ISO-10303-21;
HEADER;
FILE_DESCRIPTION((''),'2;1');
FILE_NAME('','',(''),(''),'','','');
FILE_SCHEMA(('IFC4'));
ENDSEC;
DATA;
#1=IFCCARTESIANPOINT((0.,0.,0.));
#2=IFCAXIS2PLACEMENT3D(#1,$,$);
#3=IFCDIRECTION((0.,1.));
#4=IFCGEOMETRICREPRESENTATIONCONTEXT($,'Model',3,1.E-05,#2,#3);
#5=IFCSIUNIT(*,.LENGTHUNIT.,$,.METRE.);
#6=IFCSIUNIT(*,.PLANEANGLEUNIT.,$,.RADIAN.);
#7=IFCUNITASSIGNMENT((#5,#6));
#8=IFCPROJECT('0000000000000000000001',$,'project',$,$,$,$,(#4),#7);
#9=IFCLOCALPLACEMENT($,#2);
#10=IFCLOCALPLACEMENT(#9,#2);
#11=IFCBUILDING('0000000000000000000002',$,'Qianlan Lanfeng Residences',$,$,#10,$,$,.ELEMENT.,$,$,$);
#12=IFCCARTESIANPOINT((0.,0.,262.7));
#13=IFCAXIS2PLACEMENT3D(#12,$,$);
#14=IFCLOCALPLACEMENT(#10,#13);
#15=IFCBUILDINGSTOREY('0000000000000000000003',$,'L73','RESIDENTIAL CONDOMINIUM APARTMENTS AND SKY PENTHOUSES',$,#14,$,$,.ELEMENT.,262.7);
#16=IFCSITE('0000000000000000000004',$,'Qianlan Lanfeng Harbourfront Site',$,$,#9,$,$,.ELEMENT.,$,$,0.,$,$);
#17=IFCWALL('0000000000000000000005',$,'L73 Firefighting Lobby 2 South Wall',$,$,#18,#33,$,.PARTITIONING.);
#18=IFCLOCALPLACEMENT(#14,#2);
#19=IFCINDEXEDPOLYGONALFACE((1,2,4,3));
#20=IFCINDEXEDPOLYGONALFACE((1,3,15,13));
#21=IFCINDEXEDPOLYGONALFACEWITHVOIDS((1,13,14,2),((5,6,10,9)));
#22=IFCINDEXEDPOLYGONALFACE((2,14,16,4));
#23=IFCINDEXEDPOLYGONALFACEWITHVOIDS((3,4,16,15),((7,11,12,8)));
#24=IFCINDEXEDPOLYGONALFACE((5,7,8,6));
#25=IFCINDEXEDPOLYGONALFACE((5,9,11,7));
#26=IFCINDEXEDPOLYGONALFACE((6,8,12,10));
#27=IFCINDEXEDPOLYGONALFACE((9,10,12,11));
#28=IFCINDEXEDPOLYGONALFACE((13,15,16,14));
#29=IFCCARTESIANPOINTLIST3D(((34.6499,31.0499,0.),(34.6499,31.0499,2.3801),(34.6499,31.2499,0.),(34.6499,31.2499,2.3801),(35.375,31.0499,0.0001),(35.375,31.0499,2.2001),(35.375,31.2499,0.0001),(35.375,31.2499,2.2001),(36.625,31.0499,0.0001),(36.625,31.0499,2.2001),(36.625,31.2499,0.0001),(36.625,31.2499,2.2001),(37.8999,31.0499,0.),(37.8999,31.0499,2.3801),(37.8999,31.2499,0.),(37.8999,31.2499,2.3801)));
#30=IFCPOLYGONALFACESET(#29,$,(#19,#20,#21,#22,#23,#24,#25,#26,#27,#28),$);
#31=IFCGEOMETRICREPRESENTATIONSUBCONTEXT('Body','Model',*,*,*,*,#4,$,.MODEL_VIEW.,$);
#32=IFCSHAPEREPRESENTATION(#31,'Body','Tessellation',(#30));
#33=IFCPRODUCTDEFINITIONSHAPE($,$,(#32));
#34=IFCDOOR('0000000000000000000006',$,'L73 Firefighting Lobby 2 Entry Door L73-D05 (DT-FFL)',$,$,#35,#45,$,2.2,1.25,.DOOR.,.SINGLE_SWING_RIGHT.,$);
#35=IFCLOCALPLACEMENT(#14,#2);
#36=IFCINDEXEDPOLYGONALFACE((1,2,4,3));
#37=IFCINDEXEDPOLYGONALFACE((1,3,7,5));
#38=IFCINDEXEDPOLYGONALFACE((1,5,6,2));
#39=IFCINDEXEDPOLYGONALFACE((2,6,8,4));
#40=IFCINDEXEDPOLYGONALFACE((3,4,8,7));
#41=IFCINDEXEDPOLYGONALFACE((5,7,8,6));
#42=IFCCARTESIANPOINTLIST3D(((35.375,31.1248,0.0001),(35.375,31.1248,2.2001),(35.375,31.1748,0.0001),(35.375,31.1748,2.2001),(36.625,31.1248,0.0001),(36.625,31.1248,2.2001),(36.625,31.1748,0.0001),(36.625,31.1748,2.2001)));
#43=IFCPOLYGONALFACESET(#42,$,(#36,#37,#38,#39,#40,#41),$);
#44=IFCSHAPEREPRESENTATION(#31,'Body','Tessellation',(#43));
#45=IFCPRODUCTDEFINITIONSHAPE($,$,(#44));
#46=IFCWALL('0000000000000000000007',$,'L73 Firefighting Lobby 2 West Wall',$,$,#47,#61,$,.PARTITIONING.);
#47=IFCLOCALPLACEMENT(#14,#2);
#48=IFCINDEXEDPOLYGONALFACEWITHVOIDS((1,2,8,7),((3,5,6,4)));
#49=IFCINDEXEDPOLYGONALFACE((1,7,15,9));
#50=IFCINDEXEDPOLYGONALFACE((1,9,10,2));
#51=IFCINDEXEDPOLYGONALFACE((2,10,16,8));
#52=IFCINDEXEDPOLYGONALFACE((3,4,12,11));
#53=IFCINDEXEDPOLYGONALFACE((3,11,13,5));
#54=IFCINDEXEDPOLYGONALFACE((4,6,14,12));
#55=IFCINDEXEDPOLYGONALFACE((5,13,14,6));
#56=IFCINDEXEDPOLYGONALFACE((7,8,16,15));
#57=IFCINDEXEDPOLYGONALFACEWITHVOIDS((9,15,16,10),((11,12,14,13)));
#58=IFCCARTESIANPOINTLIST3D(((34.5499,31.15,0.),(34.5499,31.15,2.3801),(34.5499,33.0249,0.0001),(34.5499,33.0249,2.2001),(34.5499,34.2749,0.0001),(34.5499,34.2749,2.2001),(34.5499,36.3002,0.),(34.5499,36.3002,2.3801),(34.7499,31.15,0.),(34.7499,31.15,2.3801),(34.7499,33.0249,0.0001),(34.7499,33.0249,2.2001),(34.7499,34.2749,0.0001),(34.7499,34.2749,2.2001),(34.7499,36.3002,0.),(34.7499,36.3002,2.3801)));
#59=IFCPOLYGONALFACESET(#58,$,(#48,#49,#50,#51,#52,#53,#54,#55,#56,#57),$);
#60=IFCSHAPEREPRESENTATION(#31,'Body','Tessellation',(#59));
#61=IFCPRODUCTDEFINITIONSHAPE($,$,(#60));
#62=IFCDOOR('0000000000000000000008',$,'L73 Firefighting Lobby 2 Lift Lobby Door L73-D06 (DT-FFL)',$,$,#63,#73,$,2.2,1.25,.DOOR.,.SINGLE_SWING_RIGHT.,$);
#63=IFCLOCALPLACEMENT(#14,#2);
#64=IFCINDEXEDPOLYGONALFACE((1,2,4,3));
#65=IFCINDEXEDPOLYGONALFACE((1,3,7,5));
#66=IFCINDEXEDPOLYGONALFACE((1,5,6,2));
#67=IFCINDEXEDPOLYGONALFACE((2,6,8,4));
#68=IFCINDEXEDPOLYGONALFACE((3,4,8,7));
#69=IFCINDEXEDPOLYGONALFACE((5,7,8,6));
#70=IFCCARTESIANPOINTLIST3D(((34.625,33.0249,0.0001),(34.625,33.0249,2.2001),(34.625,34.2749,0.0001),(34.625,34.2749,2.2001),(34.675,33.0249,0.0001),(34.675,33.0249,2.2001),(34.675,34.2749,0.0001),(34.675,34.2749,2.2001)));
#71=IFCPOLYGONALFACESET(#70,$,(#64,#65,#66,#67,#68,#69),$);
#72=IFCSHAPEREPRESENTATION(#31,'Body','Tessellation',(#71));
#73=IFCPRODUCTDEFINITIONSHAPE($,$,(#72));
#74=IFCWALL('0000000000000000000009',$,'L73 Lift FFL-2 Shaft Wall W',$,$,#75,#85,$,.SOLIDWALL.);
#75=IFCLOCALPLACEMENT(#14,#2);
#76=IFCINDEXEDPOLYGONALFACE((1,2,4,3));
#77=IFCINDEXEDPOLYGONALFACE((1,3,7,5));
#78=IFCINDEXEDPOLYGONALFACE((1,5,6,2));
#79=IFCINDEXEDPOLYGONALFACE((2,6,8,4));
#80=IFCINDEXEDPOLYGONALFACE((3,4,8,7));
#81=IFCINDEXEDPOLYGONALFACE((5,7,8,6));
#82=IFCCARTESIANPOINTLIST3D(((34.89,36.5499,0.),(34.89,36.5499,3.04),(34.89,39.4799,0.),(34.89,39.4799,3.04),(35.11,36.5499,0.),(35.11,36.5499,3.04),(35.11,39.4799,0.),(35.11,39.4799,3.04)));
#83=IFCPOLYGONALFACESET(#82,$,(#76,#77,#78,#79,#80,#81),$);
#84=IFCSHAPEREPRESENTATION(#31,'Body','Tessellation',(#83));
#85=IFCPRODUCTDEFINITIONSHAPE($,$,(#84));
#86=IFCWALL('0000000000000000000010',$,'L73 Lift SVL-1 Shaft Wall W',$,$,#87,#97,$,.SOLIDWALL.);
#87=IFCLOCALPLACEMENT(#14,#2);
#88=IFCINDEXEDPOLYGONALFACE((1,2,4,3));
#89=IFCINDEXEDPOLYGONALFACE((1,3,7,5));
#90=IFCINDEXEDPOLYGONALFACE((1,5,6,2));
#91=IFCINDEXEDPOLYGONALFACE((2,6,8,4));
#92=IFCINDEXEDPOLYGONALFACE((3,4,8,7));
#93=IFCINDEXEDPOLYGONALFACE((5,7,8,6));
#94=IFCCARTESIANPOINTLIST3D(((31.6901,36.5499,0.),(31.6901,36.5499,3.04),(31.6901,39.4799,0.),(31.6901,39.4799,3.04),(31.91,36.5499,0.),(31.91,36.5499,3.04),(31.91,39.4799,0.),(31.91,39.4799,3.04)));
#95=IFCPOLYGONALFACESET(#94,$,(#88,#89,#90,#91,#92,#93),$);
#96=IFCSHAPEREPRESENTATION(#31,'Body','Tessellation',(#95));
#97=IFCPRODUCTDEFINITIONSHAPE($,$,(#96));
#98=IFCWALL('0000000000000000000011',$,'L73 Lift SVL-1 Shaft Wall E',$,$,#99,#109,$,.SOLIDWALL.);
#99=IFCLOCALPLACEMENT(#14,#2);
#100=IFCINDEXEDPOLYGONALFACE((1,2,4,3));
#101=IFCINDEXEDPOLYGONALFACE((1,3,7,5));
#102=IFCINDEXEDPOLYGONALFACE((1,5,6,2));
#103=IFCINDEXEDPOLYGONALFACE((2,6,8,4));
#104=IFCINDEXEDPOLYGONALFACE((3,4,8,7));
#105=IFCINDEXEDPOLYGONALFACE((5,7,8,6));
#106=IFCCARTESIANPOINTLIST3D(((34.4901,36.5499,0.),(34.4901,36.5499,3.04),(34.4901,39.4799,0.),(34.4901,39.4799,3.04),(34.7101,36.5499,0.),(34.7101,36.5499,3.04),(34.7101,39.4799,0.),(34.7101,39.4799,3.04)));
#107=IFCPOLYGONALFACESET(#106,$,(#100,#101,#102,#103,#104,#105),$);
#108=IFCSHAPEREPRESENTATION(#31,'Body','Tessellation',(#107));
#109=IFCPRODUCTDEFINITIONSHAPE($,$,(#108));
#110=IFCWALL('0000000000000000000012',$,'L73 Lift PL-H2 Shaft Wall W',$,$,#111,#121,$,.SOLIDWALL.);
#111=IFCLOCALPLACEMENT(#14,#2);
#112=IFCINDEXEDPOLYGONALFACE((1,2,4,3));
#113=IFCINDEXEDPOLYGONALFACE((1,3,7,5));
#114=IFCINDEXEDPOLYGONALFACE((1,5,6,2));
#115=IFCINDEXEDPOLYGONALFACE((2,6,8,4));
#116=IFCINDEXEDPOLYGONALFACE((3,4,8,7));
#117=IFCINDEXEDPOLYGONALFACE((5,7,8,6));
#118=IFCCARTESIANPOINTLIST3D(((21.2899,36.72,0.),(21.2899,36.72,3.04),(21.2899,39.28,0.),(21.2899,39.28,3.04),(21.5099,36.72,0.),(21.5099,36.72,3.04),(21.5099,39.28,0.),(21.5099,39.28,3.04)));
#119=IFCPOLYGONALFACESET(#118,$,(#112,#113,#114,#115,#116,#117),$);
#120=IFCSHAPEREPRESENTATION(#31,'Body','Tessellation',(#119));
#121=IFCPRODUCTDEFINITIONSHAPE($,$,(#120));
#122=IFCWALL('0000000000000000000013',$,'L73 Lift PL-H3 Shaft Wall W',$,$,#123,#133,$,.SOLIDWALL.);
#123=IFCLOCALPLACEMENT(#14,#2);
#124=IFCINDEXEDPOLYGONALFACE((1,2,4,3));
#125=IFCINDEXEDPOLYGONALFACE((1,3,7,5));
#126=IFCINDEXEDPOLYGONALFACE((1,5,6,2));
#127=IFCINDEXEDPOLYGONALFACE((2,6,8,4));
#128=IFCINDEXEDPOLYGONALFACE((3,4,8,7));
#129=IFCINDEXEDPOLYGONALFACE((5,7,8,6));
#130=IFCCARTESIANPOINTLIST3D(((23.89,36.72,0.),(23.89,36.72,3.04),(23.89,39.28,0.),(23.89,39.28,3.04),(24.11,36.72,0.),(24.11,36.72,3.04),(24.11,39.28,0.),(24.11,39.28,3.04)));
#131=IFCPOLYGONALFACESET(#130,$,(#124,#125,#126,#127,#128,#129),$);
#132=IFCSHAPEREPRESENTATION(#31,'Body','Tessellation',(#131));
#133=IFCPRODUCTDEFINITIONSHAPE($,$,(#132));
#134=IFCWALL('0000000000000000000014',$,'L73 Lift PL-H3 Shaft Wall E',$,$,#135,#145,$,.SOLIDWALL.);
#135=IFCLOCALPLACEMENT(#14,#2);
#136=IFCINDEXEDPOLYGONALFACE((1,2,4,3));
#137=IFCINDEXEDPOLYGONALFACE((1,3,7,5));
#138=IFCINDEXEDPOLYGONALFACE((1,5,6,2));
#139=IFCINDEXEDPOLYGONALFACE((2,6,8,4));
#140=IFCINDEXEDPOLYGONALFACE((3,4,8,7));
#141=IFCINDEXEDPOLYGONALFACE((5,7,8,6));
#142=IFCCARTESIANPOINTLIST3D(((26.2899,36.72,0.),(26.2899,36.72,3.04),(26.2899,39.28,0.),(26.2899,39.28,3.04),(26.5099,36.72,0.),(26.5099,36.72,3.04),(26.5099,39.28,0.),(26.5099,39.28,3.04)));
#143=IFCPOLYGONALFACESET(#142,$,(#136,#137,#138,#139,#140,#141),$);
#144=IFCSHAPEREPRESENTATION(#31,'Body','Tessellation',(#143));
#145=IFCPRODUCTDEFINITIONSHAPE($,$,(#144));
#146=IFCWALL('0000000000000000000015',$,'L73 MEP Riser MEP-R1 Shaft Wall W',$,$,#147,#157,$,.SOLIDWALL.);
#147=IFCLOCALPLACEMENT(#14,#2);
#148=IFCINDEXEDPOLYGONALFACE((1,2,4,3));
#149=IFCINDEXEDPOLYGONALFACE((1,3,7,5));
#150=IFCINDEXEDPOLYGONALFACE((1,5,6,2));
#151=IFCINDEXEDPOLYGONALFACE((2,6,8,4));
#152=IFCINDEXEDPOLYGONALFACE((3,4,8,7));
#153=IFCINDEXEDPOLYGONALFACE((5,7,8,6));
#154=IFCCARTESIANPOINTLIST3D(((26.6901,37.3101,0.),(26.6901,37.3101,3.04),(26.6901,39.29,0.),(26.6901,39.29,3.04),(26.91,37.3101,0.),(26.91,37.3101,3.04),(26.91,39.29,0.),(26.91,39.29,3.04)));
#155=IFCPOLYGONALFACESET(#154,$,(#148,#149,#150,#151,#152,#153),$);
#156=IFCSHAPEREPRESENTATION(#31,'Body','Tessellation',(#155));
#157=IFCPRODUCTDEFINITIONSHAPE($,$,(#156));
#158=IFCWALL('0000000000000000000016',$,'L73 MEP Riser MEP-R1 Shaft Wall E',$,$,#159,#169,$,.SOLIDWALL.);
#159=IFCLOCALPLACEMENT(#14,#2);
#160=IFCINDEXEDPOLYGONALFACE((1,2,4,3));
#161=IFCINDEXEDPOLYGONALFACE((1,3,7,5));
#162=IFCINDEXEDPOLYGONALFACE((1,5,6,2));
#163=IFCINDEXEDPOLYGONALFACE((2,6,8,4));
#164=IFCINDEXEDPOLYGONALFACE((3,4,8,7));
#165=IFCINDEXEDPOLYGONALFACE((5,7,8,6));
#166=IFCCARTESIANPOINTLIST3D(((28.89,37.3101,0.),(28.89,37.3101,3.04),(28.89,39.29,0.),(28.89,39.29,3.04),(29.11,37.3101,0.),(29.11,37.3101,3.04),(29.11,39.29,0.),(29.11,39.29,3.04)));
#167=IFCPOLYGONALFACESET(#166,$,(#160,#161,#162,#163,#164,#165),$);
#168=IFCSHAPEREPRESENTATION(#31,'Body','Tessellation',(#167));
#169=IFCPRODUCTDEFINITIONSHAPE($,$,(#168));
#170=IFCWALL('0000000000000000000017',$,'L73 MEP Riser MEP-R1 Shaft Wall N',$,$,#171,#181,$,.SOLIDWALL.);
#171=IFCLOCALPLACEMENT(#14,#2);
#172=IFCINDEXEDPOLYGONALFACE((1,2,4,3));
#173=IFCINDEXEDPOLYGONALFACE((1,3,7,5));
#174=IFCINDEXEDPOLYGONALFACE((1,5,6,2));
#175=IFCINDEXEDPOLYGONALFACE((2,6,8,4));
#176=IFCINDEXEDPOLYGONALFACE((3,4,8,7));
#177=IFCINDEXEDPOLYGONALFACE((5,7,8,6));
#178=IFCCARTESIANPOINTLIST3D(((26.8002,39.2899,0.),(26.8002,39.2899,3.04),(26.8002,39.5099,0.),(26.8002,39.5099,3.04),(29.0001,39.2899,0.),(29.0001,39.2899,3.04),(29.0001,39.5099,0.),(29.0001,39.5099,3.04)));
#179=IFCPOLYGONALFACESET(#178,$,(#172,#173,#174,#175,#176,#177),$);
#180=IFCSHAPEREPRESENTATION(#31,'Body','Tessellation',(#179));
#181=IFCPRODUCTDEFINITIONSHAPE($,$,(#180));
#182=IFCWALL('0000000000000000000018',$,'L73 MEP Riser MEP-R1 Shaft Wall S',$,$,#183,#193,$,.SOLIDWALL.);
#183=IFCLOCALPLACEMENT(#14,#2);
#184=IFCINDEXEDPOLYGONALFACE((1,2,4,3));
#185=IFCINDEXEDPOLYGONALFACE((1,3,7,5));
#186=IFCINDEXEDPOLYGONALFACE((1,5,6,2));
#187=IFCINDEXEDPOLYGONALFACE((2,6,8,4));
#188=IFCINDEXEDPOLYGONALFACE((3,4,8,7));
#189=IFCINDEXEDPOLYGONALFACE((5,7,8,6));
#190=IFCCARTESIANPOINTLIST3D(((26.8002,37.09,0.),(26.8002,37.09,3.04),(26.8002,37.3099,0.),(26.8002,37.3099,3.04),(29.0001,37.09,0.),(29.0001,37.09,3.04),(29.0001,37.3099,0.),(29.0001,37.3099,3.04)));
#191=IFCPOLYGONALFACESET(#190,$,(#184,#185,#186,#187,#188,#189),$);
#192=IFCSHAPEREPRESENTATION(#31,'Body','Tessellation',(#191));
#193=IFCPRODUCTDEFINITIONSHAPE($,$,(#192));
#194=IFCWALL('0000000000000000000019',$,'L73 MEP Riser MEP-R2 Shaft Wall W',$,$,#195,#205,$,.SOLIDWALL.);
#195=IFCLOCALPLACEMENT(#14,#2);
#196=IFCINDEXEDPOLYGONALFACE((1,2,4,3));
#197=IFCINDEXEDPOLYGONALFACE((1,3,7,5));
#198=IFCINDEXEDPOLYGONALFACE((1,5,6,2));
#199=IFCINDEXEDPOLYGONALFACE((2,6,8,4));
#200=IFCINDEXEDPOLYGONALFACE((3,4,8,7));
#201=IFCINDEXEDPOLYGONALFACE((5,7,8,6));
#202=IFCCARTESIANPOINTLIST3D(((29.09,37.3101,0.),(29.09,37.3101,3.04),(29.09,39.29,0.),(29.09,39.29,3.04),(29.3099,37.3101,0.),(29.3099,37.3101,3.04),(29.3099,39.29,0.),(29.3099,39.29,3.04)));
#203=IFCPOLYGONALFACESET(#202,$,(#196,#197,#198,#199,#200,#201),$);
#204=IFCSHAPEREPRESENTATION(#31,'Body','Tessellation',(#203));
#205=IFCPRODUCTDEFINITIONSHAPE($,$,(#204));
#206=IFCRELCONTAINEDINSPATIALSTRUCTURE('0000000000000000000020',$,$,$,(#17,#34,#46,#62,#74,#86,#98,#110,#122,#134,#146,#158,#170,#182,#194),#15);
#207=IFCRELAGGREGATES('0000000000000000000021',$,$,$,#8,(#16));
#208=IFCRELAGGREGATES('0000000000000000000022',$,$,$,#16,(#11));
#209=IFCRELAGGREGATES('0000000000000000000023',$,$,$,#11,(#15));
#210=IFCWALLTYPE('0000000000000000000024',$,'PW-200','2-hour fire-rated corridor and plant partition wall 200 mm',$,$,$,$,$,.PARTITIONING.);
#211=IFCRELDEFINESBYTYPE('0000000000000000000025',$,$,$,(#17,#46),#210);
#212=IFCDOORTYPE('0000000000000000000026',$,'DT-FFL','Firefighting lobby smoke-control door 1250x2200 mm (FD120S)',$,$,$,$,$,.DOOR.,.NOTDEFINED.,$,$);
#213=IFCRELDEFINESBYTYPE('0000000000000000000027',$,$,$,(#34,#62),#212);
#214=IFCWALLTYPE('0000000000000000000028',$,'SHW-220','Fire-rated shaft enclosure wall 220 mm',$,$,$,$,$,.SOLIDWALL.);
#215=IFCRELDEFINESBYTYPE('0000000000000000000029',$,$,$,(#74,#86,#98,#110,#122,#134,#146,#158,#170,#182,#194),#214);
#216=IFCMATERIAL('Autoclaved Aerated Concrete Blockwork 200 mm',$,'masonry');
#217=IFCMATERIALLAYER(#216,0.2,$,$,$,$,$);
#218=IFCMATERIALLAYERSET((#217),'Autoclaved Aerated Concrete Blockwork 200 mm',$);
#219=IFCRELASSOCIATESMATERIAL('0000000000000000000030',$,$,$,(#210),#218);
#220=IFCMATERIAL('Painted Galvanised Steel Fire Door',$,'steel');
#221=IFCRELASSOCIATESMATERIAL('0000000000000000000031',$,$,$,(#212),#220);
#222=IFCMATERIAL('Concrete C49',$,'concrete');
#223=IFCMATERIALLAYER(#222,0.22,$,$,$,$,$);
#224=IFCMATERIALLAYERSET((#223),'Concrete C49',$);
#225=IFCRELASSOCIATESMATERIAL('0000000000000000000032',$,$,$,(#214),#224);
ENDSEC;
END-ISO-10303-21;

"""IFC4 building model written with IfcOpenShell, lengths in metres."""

from ifc_helpers import new_model, si_unit, direction, frame, frame_2d, origin, place, context, subcontext, project, spatial, rectangle, extrude, material, layer, layer_set, type_object, element, fill, save


model = new_model("IFC4")

# Units and contexts
model_context = context("Model", 3, precision=1e-05, world=origin(), true_north=direction((0.0, 1.0)))
body_context = subcontext(model_context, "Body", "Model", "MODEL_VIEW")
ifc_project = project(units=[si_unit("LENGTHUNIT", "METRE"), si_unit("PLANEANGLEUNIT", "RADIAN")], contexts=[model_context])

# Site, building, storey
site_placement = place(None, origin())
site = spatial("IfcSite", under=ifc_project, at=site_placement, Name="Qianlan Lanfeng Harbourfront Site", CompositionType="ELEMENT", RefElevation=0.0)
building_placement = place(site_placement, origin())
building = spatial("IfcBuilding", under=site, at=building_placement, Name="Qianlan Lanfeng Residences", CompositionType="ELEMENT")
storey_placement = place(building_placement, frame((0.0, 0.0, 262.7)))
storey = spatial("IfcBuildingStorey", under=building, at=storey_placement, Name="L73", Description="RESIDENTIAL CONDOMINIUM APARTMENTS AND SKY PENTHOUSES", CompositionType="ELEMENT", Elevation=262.7)

# Walls, openings, doors
ifc_material_1 = material(Name="Autoclaved Aerated Concrete Blockwork 200 mm", Category="masonry")
ifc_layer_1 = layer(ifc_material_1, 0.2)
ifc_layer_set_1 = layer_set([ifc_layer_1], Name="Autoclaved Aerated Concrete Blockwork 200 mm")
wall_type_1 = type_object("IfcWallType", Name="PW-200", Description="2-hour fire-rated corridor and plant partition wall 200 mm", PredefinedType="PARTITIONING", material=ifc_layer_set_1)
wall_1_placement = place(storey_placement, frame((34.6499, 31.1499, 0.0), z_axis=(0.0, 0.0, 1.0), x_axis=(1.0, 0.0, 0.0)))
wall_1 = element("IfcWall", 1, at=wall_1_placement, inside=storey, type_object=wall_type_1, Name="L73 Firefighting Lobby 2 South Wall", PredefinedType="PARTITIONING", context=body_context, shape_type="SweptSolid", body=[
    extrude(rectangle(XDim=3.25, YDim=0.2, at=frame_2d((1.625, 0.0))), origin(), (0.0, 0.0, 1.0), 2.3801),
])
opening_1_placement = place(wall_1_placement, frame((0.7251, 0.0, 0.0)))
opening_1 = element("IfcOpeningElement", 2, at=opening_1_placement, cuts=wall_1, PredefinedType="OPENING", context=body_context, shape_type="SweptSolid", body=[
    extrude(rectangle(XDim=1.25, YDim=2.2, at=frame_2d((0.625, 1.1001))), frame((0.0, 0.1099, 0.0), z_axis=(0.0, -1.0, 0.0), x_axis=(1.0, 0.0, 0.0)), (0.0, 0.0, 1.0), 0.22),
])
ifc_material_2 = material(Name="Painted Galvanised Steel Fire Door", Category="steel")
door_type = type_object("IfcDoorType", Name="DT-FFL", Description="Firefighting lobby smoke-control door 1250x2200 mm (FD120S)", OperationType="NOTDEFINED", PredefinedType="DOOR", material=ifc_material_2)
door_1_placement = place(opening_1_placement, origin())
door_1 = element("IfcDoor", 3, at=door_1_placement, inside=storey, type_object=door_type, Name="L73 Firefighting Lobby 2 Entry Door L73-D05 (DT-FFL)", OperationType="SINGLE_SWING_RIGHT", OverallHeight=2.2, OverallWidth=1.25, PredefinedType="DOOR", context=body_context, shape_type="SweptSolid", body=[
    extrude(rectangle(XDim=1.25, YDim=2.2, at=frame_2d((0.625, 1.1001))), frame((0.0, 0.0249, 0.0), z_axis=(0.0, -1.0, 0.0), x_axis=(1.0, 0.0, 0.0)), (0.0, 0.0, 1.0), 0.05),
])
fill(opening_1, door_1)
wall_2_placement = place(storey_placement, frame((34.6499, 31.1499, 0.0), z_axis=(0.0, 0.0, 1.0), x_axis=(0.0, 1.0, 0.0)))
wall_2 = element("IfcWall", 4, at=wall_2_placement, inside=storey, type_object=wall_type_1, Name="L73 Firefighting Lobby 2 West Wall", PredefinedType="PARTITIONING", context=body_context, shape_type="SweptSolid", body=[
    extrude(rectangle(XDim=5.1501, YDim=0.2, at=frame_2d((2.5752, 0.0))), origin(), (0.0, 0.0, 1.0), 2.3801),
])
opening_2_placement = place(wall_2_placement, frame((1.875, 0.0, 0.0)))
opening_2 = element("IfcOpeningElement", 5, at=opening_2_placement, cuts=wall_2, PredefinedType="OPENING", context=body_context, shape_type="SweptSolid", body=[
    extrude(rectangle(XDim=1.25, YDim=2.2, at=frame_2d((0.625, 1.1001))), frame((0.0, 0.1099, 0.0), z_axis=(0.0, -1.0, 0.0), x_axis=(1.0, 0.0, 0.0)), (0.0, 0.0, 1.0), 0.22),
])
door_2_placement = place(opening_2_placement, origin())
door_2 = element("IfcDoor", 6, at=door_2_placement, inside=storey, type_object=door_type, Name="L73 Firefighting Lobby 2 Lift Lobby Door L73-D06 (DT-FFL)", OperationType="SINGLE_SWING_RIGHT", OverallHeight=2.2, OverallWidth=1.25, PredefinedType="DOOR", context=body_context, shape_type="SweptSolid", body=[
    extrude(rectangle(XDim=1.25, YDim=2.2, at=frame_2d((0.625, 1.1001))), frame((0.0, 0.0249, 0.0), z_axis=(0.0, -1.0, 0.0), x_axis=(1.0, 0.0, 0.0)), (0.0, 0.0, 1.0), 0.05),
])
fill(opening_2, door_2)

# Walls
ifc_material_3 = material(Name="Concrete C49", Category="concrete")
ifc_layer_2 = layer(ifc_material_3, 0.22)
ifc_layer_set_2 = layer_set([ifc_layer_2], Name="Concrete C49")
wall_type_2 = type_object("IfcWallType", Name="SHW-220", Description="Fire-rated shaft enclosure wall 220 mm", PredefinedType="SOLIDWALL", material=ifc_layer_set_2)
for number, where, z_axis, x_axis, name in (
    (7, (35.0, 36.55, 0.0), (0.0, 0.0, 1.0), (0.0, 1.0, 0.0), "L73 Lift FFL-2 Shaft Wall W"),
    (8, (31.8, 36.55, 0.0), (0.0, 0.0, 1.0), (0.0, 1.0, 0.0), "L73 Lift SVL-1 Shaft Wall W"),
    (9, (34.6001, 36.55, 0.0), (0.0, 0.0, 1.0), (0.0, 1.0, 0.0), "L73 Lift SVL-1 Shaft Wall E"),
):
    element("IfcWall", number, at=place(storey_placement, frame(where, z_axis=z_axis, x_axis=x_axis)), inside=storey, type_object=wall_type_2, Name=name, PredefinedType="SOLIDWALL", context=body_context, shape_type="SweptSolid", body=[
        extrude(rectangle(XDim=2.9299, YDim=0.22, at=frame_2d((1.4648, 0.0))), origin(), (0.0, 0.0, 1.0), 3.04),
    ])
for number, where, z_axis, x_axis, name in (
    (10, (21.3999, 36.72, 0.0), (0.0, 0.0, 1.0), (0.0, 1.0, 0.0), "L73 Lift PL-H2 Shaft Wall W"),
    (11, (24.0, 36.72, 0.0), (0.0, 0.0, 1.0), (0.0, 1.0, 0.0), "L73 Lift PL-H3 Shaft Wall W"),
    (12, (26.3999, 36.72, 0.0), (0.0, 0.0, 1.0), (0.0, 1.0, 0.0), "L73 Lift PL-H3 Shaft Wall E"),
):
    element("IfcWall", number, at=place(storey_placement, frame(where, z_axis=z_axis, x_axis=x_axis)), inside=storey, type_object=wall_type_2, Name=name, PredefinedType="SOLIDWALL", context=body_context, shape_type="SweptSolid", body=[
        extrude(rectangle(XDim=2.5601, YDim=0.22, at=frame_2d((1.28, 0.0))), origin(), (0.0, 0.0, 1.0), 3.04),
    ])
for number, where, z_axis, x_axis, name in (
    (13, (26.8, 37.3101, 0.0), (0.0, 0.0, 1.0), (0.0, 1.0, 0.0), "L73 MEP Riser MEP-R1 Shaft Wall W"),
    (14, (29.0, 37.3101, 0.0), (0.0, 0.0, 1.0), (0.0, 1.0, 0.0), "L73 MEP Riser MEP-R1 Shaft Wall E"),
):
    element("IfcWall", number, at=place(storey_placement, frame(where, z_axis=z_axis, x_axis=x_axis)), inside=storey, type_object=wall_type_2, Name=name, PredefinedType="SOLIDWALL", context=body_context, shape_type="SweptSolid", body=[
        extrude(rectangle(XDim=1.98, YDim=0.22, at=frame_2d((0.99, 0.0))), origin(), (0.0, 0.0, 1.0), 3.04),
    ])
for number, where, z_axis, x_axis, name in (
    (15, (26.8, 39.3999, 0.0), (0.0, 0.0, 1.0), (1.0, 0.0, 0.0), "L73 MEP Riser MEP-R1 Shaft Wall N"),
    (16, (26.8, 37.2, 0.0), (0.0, 0.0, 1.0), (1.0, 0.0, 0.0), "L73 MEP Riser MEP-R1 Shaft Wall S"),
):
    element("IfcWall", number, at=place(storey_placement, frame(where, z_axis=z_axis, x_axis=x_axis)), inside=storey, type_object=wall_type_2, Name=name, PredefinedType="SOLIDWALL", context=body_context, shape_type="SweptSolid", body=[
        extrude(rectangle(XDim=2.2, YDim=0.22, at=frame_2d((1.1001, 0.0))), origin(), (0.0, 0.0, 1.0), 3.04),
    ])
for number, where, z_axis, x_axis, name in (
    (17, (29.2, 37.3101, 0.0), (0.0, 0.0, 1.0), (0.0, 1.0, 0.0), "L73 MEP Riser MEP-R2 Shaft Wall W"),
):
    element("IfcWall", number, at=place(storey_placement, frame(where, z_axis=z_axis, x_axis=x_axis)), inside=storey, type_object=wall_type_2, Name=name, PredefinedType="SOLIDWALL", context=body_context, shape_type="SweptSolid", body=[
        extrude(rectangle(XDim=1.98, YDim=0.22, at=frame_2d((0.99, 0.0))), origin(), (0.0, 0.0, 1.0), 3.04),
    ])

save(model, "model.ifc")
